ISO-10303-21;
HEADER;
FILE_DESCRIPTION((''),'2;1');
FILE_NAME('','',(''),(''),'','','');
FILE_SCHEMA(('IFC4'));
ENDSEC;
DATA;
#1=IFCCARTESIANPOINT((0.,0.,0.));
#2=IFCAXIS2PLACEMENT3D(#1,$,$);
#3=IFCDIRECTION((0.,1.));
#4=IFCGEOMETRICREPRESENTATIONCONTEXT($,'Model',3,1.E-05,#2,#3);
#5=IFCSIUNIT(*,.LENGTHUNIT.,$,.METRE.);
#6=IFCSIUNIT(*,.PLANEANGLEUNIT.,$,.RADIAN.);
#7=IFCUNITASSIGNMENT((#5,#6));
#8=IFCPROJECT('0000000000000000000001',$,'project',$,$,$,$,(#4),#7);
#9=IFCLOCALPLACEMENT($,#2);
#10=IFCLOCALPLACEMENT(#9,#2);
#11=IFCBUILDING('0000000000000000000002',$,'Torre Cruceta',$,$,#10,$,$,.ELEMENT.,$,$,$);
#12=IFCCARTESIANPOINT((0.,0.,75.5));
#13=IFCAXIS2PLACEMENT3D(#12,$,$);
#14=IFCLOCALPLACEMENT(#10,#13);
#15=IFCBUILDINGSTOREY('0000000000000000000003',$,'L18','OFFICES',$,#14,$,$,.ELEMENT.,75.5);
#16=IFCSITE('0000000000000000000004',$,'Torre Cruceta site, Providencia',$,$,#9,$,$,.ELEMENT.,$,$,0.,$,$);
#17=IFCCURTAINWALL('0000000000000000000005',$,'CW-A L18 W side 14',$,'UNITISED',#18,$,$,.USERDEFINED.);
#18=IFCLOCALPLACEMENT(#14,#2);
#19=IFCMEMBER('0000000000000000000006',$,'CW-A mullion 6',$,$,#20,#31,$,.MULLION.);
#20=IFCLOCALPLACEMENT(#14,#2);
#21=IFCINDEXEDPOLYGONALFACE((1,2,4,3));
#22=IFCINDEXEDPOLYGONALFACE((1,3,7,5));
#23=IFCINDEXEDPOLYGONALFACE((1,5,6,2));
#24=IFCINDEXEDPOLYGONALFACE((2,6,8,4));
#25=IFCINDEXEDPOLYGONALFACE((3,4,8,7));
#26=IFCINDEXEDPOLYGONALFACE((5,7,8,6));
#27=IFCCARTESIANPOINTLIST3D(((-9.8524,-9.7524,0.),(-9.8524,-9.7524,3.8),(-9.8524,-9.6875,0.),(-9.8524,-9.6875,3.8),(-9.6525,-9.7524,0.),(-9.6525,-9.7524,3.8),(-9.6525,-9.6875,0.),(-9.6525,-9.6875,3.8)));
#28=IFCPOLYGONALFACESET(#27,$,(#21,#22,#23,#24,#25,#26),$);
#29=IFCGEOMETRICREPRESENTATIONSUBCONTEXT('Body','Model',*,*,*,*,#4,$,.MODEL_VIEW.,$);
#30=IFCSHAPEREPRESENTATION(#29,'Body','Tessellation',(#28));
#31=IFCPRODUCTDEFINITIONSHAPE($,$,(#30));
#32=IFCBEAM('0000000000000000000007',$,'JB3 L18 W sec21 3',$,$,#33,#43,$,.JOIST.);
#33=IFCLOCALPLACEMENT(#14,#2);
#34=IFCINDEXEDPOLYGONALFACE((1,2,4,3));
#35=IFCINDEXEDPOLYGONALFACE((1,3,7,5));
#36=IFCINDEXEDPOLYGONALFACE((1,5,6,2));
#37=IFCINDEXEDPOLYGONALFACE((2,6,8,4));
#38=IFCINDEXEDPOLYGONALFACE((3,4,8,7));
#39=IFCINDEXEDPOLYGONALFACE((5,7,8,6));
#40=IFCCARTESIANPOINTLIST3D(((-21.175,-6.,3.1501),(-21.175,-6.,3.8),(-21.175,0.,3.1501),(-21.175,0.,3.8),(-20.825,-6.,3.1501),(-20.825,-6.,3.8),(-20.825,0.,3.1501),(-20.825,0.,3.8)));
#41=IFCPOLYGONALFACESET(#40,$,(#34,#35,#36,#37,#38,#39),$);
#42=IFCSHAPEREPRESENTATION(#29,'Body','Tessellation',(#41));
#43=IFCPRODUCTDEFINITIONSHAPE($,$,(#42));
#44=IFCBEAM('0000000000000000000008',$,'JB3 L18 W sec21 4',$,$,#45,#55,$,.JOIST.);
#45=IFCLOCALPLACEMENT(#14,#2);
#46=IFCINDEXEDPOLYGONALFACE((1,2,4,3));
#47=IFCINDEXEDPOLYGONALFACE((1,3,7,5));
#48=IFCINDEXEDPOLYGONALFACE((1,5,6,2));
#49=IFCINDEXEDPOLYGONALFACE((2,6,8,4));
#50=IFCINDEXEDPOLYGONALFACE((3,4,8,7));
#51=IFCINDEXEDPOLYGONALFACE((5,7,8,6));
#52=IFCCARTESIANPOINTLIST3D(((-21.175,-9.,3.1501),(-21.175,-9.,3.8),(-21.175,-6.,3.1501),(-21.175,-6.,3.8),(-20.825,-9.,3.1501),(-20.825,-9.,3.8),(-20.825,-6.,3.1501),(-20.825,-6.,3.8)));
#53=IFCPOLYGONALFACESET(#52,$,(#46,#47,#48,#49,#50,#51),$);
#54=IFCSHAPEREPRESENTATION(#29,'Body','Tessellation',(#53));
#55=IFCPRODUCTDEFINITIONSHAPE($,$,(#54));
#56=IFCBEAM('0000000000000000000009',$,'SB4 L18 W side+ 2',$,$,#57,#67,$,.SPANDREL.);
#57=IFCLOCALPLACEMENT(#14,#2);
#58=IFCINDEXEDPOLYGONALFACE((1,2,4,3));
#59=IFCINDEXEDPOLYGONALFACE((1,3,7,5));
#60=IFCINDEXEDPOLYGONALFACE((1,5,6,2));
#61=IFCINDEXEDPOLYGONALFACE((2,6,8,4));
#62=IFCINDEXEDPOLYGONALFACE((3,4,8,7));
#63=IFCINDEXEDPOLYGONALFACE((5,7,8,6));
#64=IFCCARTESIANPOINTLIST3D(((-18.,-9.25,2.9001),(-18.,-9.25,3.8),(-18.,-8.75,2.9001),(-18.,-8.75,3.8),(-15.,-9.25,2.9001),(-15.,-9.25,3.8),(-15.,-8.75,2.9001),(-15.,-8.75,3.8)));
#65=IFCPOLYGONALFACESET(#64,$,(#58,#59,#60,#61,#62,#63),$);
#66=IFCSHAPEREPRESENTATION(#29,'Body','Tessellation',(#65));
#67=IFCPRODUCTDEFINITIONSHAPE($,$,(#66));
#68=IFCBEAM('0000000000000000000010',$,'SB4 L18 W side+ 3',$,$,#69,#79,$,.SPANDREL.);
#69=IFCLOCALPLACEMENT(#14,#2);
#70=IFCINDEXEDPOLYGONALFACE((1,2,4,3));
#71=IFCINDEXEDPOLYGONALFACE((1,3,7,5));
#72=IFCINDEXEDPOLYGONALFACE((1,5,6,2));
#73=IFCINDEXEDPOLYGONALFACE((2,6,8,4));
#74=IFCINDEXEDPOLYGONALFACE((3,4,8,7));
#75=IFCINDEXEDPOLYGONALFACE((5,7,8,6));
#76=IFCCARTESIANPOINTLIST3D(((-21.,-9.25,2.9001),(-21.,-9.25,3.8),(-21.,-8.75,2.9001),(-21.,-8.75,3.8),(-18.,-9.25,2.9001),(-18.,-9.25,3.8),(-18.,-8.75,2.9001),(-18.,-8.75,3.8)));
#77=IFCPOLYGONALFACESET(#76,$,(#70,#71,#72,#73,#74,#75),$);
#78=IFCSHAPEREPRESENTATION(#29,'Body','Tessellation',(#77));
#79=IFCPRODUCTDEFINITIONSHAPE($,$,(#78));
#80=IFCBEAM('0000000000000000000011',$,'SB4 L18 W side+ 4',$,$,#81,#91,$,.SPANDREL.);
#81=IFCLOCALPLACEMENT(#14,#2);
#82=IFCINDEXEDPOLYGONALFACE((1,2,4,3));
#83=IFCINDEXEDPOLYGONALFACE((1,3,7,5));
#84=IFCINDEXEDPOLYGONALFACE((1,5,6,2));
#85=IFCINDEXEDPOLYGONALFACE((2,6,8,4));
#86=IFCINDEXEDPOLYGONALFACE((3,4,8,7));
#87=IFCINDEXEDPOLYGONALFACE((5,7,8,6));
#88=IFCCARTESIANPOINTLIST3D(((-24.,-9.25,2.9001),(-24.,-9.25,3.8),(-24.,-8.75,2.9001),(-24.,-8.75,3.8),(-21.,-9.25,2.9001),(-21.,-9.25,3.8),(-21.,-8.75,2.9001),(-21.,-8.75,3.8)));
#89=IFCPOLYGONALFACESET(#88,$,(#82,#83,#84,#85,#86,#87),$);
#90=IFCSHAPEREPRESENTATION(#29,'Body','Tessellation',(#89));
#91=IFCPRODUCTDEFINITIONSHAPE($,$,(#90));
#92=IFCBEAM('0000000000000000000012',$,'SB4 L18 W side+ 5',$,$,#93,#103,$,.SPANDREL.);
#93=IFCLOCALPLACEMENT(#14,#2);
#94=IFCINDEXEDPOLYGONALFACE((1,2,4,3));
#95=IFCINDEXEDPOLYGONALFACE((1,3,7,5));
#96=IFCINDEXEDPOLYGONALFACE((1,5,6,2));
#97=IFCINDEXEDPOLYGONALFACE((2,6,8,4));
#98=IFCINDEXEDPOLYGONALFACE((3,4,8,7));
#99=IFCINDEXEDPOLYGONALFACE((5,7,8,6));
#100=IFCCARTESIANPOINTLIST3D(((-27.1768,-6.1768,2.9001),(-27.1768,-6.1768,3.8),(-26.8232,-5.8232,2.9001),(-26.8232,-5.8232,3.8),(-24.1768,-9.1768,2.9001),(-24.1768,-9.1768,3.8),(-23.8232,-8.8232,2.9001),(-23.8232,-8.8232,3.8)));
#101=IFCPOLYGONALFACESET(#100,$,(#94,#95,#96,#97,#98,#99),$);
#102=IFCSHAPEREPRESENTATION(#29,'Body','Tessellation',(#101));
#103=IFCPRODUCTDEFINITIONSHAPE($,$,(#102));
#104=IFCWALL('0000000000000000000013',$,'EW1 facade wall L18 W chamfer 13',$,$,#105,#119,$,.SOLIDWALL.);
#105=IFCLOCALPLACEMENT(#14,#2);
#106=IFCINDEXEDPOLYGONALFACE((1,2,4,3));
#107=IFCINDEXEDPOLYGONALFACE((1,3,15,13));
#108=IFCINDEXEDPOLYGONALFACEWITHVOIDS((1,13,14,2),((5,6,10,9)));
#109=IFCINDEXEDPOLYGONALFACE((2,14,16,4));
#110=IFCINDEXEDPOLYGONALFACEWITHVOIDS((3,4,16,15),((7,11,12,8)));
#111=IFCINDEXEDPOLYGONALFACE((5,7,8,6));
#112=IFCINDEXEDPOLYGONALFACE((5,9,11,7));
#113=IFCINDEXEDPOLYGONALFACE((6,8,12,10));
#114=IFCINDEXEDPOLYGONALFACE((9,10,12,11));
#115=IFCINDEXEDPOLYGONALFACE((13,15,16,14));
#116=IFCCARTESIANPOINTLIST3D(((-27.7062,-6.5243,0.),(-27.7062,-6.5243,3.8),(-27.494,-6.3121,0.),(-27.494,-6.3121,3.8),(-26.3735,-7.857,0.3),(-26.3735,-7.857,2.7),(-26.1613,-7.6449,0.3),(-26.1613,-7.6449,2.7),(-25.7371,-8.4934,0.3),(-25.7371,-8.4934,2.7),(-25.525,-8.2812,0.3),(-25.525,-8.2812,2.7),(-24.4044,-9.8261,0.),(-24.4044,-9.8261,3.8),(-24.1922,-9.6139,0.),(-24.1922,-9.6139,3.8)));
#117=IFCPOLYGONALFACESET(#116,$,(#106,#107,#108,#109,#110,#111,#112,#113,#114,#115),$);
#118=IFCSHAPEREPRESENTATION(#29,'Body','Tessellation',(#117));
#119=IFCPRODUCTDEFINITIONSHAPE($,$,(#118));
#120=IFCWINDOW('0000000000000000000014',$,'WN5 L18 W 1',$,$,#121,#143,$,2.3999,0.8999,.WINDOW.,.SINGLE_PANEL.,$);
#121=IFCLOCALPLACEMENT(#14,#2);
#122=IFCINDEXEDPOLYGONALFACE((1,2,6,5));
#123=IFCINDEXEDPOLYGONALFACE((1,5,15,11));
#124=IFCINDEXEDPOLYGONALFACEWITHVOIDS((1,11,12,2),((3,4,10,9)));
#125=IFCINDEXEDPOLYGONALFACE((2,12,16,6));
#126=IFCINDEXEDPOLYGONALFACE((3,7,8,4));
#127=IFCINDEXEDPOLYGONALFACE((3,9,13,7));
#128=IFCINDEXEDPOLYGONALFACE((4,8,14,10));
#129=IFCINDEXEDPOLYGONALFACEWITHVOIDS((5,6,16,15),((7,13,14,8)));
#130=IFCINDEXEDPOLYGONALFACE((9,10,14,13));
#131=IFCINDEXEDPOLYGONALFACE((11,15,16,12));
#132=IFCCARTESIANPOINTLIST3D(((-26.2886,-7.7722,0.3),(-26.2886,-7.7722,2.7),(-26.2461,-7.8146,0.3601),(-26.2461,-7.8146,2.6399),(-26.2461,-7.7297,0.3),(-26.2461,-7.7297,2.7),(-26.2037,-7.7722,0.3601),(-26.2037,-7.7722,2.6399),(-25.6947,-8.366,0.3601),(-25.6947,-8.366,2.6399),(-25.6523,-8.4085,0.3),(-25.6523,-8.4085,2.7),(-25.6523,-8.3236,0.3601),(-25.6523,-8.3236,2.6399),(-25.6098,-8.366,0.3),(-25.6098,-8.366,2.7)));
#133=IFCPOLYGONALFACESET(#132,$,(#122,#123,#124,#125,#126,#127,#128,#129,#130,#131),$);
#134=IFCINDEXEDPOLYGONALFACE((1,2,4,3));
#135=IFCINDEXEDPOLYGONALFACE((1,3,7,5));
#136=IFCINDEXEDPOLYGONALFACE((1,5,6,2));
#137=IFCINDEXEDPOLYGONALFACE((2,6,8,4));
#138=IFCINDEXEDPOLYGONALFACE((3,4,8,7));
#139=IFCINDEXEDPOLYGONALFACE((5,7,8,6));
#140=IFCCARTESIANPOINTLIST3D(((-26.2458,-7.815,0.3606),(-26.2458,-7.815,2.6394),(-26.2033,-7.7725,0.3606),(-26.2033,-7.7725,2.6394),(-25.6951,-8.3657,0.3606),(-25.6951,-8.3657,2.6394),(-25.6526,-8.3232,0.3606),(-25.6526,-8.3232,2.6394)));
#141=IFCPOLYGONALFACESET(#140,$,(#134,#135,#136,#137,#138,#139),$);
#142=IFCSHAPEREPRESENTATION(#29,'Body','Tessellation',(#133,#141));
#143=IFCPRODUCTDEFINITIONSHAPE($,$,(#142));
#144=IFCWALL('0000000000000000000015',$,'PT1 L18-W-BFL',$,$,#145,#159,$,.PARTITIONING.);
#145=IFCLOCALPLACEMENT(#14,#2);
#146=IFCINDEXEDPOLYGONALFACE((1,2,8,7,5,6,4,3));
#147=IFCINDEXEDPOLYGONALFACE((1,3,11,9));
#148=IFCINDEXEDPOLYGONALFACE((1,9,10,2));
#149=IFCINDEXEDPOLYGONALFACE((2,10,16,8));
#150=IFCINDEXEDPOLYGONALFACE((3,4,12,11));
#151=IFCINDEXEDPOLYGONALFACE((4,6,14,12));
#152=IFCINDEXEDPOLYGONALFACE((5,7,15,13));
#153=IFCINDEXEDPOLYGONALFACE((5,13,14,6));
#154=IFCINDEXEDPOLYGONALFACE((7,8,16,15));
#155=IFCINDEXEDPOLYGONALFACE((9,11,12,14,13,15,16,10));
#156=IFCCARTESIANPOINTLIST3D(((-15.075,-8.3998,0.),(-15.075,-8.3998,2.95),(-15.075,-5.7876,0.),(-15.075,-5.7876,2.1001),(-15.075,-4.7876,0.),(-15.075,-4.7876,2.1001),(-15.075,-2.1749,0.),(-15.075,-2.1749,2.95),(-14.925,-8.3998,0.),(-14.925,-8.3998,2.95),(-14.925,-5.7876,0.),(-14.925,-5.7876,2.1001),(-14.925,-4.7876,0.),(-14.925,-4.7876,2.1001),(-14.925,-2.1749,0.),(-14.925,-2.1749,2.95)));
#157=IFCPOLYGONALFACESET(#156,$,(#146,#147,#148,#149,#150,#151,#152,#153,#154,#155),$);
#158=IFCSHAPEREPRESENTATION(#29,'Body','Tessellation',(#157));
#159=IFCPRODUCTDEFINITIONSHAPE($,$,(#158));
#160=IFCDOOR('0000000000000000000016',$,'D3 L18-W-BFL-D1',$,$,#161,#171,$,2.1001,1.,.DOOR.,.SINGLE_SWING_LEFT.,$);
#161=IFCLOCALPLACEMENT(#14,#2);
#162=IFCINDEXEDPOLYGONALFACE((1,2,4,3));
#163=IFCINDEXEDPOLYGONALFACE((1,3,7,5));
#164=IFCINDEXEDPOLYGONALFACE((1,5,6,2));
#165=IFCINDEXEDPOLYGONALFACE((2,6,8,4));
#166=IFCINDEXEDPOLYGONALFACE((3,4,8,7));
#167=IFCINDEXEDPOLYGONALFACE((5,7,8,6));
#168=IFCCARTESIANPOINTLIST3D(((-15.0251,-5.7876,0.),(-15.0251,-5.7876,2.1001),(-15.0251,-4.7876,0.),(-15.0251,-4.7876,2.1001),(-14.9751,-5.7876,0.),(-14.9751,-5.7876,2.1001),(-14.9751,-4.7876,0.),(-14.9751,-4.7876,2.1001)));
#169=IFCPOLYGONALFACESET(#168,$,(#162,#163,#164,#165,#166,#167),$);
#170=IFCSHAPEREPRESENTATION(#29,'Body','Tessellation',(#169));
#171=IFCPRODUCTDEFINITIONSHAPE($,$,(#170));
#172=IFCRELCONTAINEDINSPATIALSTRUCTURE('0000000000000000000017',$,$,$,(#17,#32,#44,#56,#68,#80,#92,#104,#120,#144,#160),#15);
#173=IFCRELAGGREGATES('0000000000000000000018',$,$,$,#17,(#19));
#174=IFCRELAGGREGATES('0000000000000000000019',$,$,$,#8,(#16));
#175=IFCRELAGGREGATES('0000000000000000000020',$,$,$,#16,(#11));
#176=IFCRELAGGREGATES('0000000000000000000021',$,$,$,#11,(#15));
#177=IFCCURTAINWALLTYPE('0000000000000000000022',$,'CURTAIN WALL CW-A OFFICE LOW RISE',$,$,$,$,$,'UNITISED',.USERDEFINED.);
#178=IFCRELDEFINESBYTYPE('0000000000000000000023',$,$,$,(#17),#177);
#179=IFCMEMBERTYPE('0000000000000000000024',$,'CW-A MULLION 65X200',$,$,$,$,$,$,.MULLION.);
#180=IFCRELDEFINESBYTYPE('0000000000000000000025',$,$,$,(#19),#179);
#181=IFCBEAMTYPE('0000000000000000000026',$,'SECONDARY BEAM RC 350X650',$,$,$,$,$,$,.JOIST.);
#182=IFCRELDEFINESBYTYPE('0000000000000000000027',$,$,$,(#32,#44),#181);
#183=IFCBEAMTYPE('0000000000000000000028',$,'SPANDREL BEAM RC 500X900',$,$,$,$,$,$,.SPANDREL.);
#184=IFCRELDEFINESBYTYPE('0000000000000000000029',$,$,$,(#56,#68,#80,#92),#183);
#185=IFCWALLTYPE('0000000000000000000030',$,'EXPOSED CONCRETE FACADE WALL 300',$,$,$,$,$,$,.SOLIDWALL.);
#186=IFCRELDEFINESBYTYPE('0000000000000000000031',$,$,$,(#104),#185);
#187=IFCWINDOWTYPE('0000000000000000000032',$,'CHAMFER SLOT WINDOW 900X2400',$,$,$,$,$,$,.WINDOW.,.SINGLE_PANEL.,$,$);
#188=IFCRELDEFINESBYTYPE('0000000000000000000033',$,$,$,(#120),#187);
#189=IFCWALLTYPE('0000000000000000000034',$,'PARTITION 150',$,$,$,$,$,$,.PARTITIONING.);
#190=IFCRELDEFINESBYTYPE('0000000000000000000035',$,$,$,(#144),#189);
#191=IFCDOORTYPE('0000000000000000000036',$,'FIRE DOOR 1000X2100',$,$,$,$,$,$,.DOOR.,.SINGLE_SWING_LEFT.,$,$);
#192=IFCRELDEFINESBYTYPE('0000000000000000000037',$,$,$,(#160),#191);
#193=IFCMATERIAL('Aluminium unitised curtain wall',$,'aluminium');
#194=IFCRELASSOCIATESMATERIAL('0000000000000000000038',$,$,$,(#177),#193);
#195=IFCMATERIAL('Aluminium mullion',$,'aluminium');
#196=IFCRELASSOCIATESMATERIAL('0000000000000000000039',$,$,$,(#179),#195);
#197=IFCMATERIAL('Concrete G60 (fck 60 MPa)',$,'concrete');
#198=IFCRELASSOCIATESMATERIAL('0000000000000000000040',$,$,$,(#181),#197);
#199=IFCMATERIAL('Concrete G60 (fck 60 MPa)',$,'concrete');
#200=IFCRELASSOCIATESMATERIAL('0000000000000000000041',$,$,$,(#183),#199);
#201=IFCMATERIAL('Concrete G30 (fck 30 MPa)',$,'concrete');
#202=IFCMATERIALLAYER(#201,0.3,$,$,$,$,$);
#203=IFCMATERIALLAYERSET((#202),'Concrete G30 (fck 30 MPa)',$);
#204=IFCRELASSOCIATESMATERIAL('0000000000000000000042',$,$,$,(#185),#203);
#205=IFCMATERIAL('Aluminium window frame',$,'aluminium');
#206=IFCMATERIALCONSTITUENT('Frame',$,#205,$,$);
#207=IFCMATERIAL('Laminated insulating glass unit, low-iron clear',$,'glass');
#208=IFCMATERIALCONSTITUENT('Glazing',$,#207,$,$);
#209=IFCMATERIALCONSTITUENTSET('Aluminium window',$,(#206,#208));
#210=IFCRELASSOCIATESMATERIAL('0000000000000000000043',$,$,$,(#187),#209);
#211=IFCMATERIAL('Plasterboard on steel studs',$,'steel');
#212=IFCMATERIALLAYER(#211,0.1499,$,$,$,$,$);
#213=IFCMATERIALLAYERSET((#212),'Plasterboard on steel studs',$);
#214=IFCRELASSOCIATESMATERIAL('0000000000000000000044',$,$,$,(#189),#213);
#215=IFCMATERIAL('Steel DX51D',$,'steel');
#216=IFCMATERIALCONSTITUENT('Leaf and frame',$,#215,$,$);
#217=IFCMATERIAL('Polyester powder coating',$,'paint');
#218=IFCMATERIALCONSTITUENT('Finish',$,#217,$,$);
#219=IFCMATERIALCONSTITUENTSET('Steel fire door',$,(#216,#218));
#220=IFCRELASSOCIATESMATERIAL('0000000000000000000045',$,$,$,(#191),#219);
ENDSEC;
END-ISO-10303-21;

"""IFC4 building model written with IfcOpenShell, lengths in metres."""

from ifc_helpers import new_model, si_unit, direction, frame, frame_2d, origin, origin_2d, place, context, subcontext, project, spatial, rectangle, hollow_rectangle, extrude, material, layer, layer_set, constituent, constituent_set, material_profile, profile_set, type_object, element, fill, aggregate, save


model = new_model("IFC4")

# Units and contexts
model_context = context("Model", 3, precision=1e-05, world=origin(), true_north=direction((0.0, 1.0)))
body_context = subcontext(model_context, "Body", "Model", "MODEL_VIEW")
ifc_project = project(units=[si_unit("LENGTHUNIT", "METRE"), si_unit("PLANEANGLEUNIT", "RADIAN")], contexts=[model_context])

# Site, building, storey
site_placement = place(None, origin())
site = spatial("IfcSite", under=ifc_project, at=site_placement, Name="Torre Cruceta site, Providencia", CompositionType="ELEMENT", RefElevation=0.0)
building_placement = place(site_placement, origin())
building = spatial("IfcBuilding", under=site, at=building_placement, Name="Torre Cruceta", CompositionType="ELEMENT")
storey_placement = place(building_placement, frame((0.0, 0.0, 75.5)))
storey = spatial("IfcBuildingStorey", under=building, at=storey_placement, Name="L18", Description="OFFICES", CompositionType="ELEMENT", Elevation=75.5)

# Curtain wall, member
ifc_material_1 = material(Name="Aluminium unitised curtain wall", Category="aluminium")
curtain_wall_type = type_object("IfcCurtainWallType", Name="CURTAIN WALL CW-A OFFICE LOW RISE", ElementType="UNITISED", PredefinedType="USERDEFINED", material=ifc_material_1)
curtain_wall_placement = place(storey_placement, origin())
curtain_wall = element("IfcCurtainWall", 1, at=curtain_wall_placement, inside=storey, type_object=curtain_wall_type, Name="CW-A L18 W side 14", ObjectType="UNITISED", PredefinedType="USERDEFINED")
ifc_material_2 = material(Name="Aluminium mullion", Category="aluminium")
ifc_material_profile_1 = material_profile(ifc_material_2, rectangle(XDim=0.0649, YDim=0.2, at=origin_2d()), Name="AL 65X200")
ifc_profile_set_1 = profile_set([ifc_material_profile_1], Name="Aluminium mullion")
member_type = type_object("IfcMemberType", Name="CW-A MULLION 65X200", PredefinedType="MULLION", material=ifc_profile_set_1)
member_placement = place(storey_placement, frame((-9.7524, -9.72, 0.0), z_axis=(0.0, 0.0, 1.0), x_axis=(0.0, 1.0, 0.0)))
member = element("IfcMember", 2, at=member_placement, type_object=member_type, Name="CW-A mullion 6", PredefinedType="MULLION", context=body_context, shape_type="SweptSolid", body=[
    extrude(rectangle(XDim=0.0649, YDim=0.2, at=origin_2d()), origin(), (0.0, 0.0, 1.0), 3.8),
])
aggregate(curtain_wall, [member])

# Beams
ifc_material_3 = material(Name="Concrete G60 (fck 60 MPa)", Category="concrete")
ifc_material_profile_2 = material_profile(ifc_material_3, rectangle(XDim=0.3501, YDim=0.6499, at=origin_2d()), Name="RC 350X650")
ifc_profile_set_2 = profile_set([ifc_material_profile_2], Name="Concrete G60 (fck 60 MPa)")
beam_type_1 = type_object("IfcBeamType", Name="SECONDARY BEAM RC 350X650", PredefinedType="JOIST", material=ifc_profile_set_2)
beam_1_placement = place(storey_placement, frame((-21.0, 0.0, 3.4751), z_axis=(0.0, -1.0, 0.0), x_axis=(1.0, 0.0, 0.0)))
element("IfcBeam", 3, at=beam_1_placement, inside=storey, type_object=beam_type_1, Name="JB3 L18 W sec21 3", PredefinedType="JOIST", context=body_context, shape_type="SweptSolid", body=[
    extrude(rectangle(XDim=0.3501, YDim=0.6499, at=origin_2d()), origin(), (0.0, 0.0, 1.0), 6.0),
])
beam_2_placement = place(storey_placement, frame((-21.0, -6.0, 3.4751), z_axis=(0.0, -1.0, 0.0), x_axis=(1.0, 0.0, 0.0)))
element("IfcBeam", 4, at=beam_2_placement, inside=storey, type_object=beam_type_1, Name="JB3 L18 W sec21 4", PredefinedType="JOIST", context=body_context, shape_type="SweptSolid", body=[
    extrude(rectangle(XDim=0.3501, YDim=0.6499, at=origin_2d()), origin(), (0.0, 0.0, 1.0), 3.0),
])
ifc_material_4 = material(Name="Concrete G60 (fck 60 MPa)", Category="concrete")
ifc_material_profile_3 = material_profile(ifc_material_4, rectangle(XDim=0.5, YDim=0.8999, at=origin_2d()), Name="RC 500X900")
ifc_profile_set_3 = profile_set([ifc_material_profile_3], Name="Concrete G60 (fck 60 MPa)")
beam_type_2 = type_object("IfcBeamType", Name="SPANDREL BEAM RC 500X900", PredefinedType="SPANDREL", material=ifc_profile_set_3)
for number, where, z_axis, x_axis, name in (
    (5, (-15.0, -9.0, 3.3501), (-1.0, 0.0, 0.0), (0.0, -1.0, 0.0), "SB4 L18 W side+ 2"),
    (6, (-18.0, -9.0, 3.3501), (-1.0, 0.0, 0.0), (0.0, -1.0, 0.0), "SB4 L18 W side+ 3"),
    (7, (-21.0, -9.0, 3.3501), (-1.0, 0.0, 0.0), (0.0, -1.0, 0.0), "SB4 L18 W side+ 4"),
):
    element("IfcBeam", number, at=place(storey_placement, frame(where, z_axis=z_axis, x_axis=x_axis)), inside=storey, type_object=beam_type_2, Name=name, PredefinedType="SPANDREL", context=body_context, shape_type="SweptSolid", body=[
        extrude(rectangle(XDim=0.5, YDim=0.8999, at=origin_2d()), origin(), (0.0, 0.0, 1.0), 3.0),
    ])
beam_3_placement = place(storey_placement, frame((-24.0, -9.0, 3.3501), z_axis=(-0.707107, 0.707107, 0.0), x_axis=(-0.707107, -0.707107, 0.0)))
element("IfcBeam", 8, at=beam_3_placement, inside=storey, type_object=beam_type_2, Name="SB4 L18 W side+ 5", PredefinedType="SPANDREL", context=body_context, shape_type="SweptSolid", body=[
    extrude(rectangle(XDim=0.5, YDim=0.8999, at=origin_2d()), origin(), (0.0, 0.0, 1.0), 4.2427),
])

# Wall, opening, window
ifc_material_5 = material(Name="Concrete G30 (fck 30 MPa)", Category="concrete")
ifc_layer_1 = layer(ifc_material_5, 0.3)
ifc_layer_set_1 = layer_set([ifc_layer_1], Name="Concrete G30 (fck 30 MPa)")
wall_type_1 = type_object("IfcWallType", Name="EXPOSED CONCRETE FACADE WALL 300", PredefinedType="SOLIDWALL", material=ifc_layer_set_1)
wall_1_placement = place(storey_placement, frame((-27.6001, -6.4182, 0.0), z_axis=(0.0, 0.0, 1.0), x_axis=(0.707107, -0.707107, 0.0)))
wall_1 = element("IfcWall", 9, at=wall_1_placement, inside=storey, type_object=wall_type_1, Name="EW1 facade wall L18 W chamfer 13", PredefinedType="SOLIDWALL", context=body_context, shape_type="SweptSolid", body=[
    extrude(rectangle(XDim=4.6694, YDim=0.3, at=frame_2d((2.3347, 0.0))), origin(), (0.0, 0.0, 1.0), 3.8),
])
opening_1_placement = place(wall_1_placement, frame((1.8848, 0.0, 0.3)))
opening_1 = element("IfcOpeningElement", 10, at=opening_1_placement, cuts=wall_1, PredefinedType="OPENING", context=body_context, shape_type="SweptSolid", body=[
    extrude(rectangle(XDim=0.8999, YDim=2.3999, at=frame_2d((0.45, 1.2))), frame((0.0, 0.1599, 0.0), z_axis=(0.0, -1.0, 0.0), x_axis=(1.0, 0.0, 0.0)), (0.0, 0.0, 1.0), 0.3201),
])
ifc_material_6 = material(Name="Aluminium window frame", Category="aluminium")
ifc_constituent_1 = constituent(ifc_material_6, Name="Frame")
ifc_material_7 = material(Name="Laminated insulating glass unit, low-iron clear", Category="glass")
ifc_constituent_2 = constituent(ifc_material_7, Name="Glazing")
ifc_constituent_set_1 = constituent_set(constituents=[ifc_constituent_1, ifc_constituent_2], Name="Aluminium window")
window_type = type_object("IfcWindowType", Name="CHAMFER SLOT WINDOW 900X2400", PartitioningType="SINGLE_PANEL", PredefinedType="WINDOW", material=ifc_constituent_set_1)
window_placement = place(opening_1_placement, origin())
window = element("IfcWindow", 11, at=window_placement, inside=storey, type_object=window_type, Name="WN5 L18 W 1", OverallHeight=2.3999, OverallWidth=0.8999, PartitioningType="SINGLE_PANEL", PredefinedType="WINDOW", context=body_context, shape_type="SweptSolid", body=[
    extrude(hollow_rectangle(XDim=0.8999, YDim=2.3999, WallThickness=0.0601, at=frame_2d((0.45, 1.2))), frame((0.0, 0.03, 0.0), z_axis=(0.0, -1.0, 0.0), x_axis=(1.0, 0.0, 0.0)), (0.0, 0.0, 1.0), 0.0601),
    extrude(rectangle(XDim=0.7788, YDim=2.2788, at=frame_2d((0.45, 1.2))), frame((0.0, 0.03, 0.0), z_axis=(0.0, -1.0, 0.0), x_axis=(1.0, 0.0, 0.0)), (0.0, 0.0, 1.0), 0.0601),
])
fill(opening_1, window)

# Wall, opening, door
ifc_material_8 = material(Name="Plasterboard on steel studs", Category="steel")
ifc_layer_2 = layer(ifc_material_8, 0.1499)
ifc_layer_set_2 = layer_set([ifc_layer_2], Name="Plasterboard on steel studs")
wall_type_2 = type_object("IfcWallType", Name="PARTITION 150", PredefinedType="PARTITIONING", material=ifc_layer_set_2)
wall_2_placement = place(storey_placement, frame((-15.0, -2.175, 0.0), z_axis=(0.0, 0.0, 1.0), x_axis=(0.0, -1.0, 0.0)))
wall_2 = element("IfcWall", 12, at=wall_2_placement, inside=storey, type_object=wall_type_2, Name="PT1 L18-W-BFL", PredefinedType="PARTITIONING", context=body_context, shape_type="SweptSolid", body=[
    extrude(rectangle(XDim=6.2249, YDim=0.1499, at=frame_2d((3.1123, 0.0))), origin(), (0.0, 0.0, 1.0), 2.95),
])
opening_2_placement = place(wall_2_placement, frame((2.6125, 0.0, 0.0)))
opening_2 = element("IfcOpeningElement", 13, at=opening_2_placement, cuts=wall_2, PredefinedType="OPENING", context=body_context, shape_type="SweptSolid", body=[
    extrude(rectangle(XDim=1.0, YDim=2.1001, at=frame_2d((0.5, 1.05))), frame((0.0, 0.085, 0.0), z_axis=(0.0, -1.0, 0.0), x_axis=(1.0, 0.0, 0.0)), (0.0, 0.0, 1.0), 0.1699),
])
ifc_material_9 = material(Name="Steel DX51D", Category="steel")
ifc_constituent_3 = constituent(ifc_material_9, Name="Leaf and frame")
ifc_material_10 = material(Name="Polyester powder coating", Category="paint")
ifc_constituent_4 = constituent(ifc_material_10, Name="Finish")
ifc_constituent_set_2 = constituent_set(constituents=[ifc_constituent_3, ifc_constituent_4], Name="Steel fire door")
door_type = type_object("IfcDoorType", Name="FIRE DOOR 1000X2100", OperationType="SINGLE_SWING_LEFT", PredefinedType="DOOR", material=ifc_constituent_set_2)
door_placement = place(opening_2_placement, origin())
door = element("IfcDoor", 14, at=door_placement, inside=storey, type_object=door_type, Name="D3 L18-W-BFL-D1", OperationType="SINGLE_SWING_LEFT", OverallHeight=2.1001, OverallWidth=1.0, PredefinedType="DOOR", context=body_context, shape_type="SweptSolid", body=[
    extrude(rectangle(XDim=1.0, YDim=2.1001, at=frame_2d((0.5, 1.05))), frame((0.0, 0.0249, 0.0), z_axis=(0.0, -1.0, 0.0), x_axis=(1.0, 0.0, 0.0)), (0.0, 0.0, 1.0), 0.05),
])
fill(opening_2, door)

save(model, "model.ifc")
